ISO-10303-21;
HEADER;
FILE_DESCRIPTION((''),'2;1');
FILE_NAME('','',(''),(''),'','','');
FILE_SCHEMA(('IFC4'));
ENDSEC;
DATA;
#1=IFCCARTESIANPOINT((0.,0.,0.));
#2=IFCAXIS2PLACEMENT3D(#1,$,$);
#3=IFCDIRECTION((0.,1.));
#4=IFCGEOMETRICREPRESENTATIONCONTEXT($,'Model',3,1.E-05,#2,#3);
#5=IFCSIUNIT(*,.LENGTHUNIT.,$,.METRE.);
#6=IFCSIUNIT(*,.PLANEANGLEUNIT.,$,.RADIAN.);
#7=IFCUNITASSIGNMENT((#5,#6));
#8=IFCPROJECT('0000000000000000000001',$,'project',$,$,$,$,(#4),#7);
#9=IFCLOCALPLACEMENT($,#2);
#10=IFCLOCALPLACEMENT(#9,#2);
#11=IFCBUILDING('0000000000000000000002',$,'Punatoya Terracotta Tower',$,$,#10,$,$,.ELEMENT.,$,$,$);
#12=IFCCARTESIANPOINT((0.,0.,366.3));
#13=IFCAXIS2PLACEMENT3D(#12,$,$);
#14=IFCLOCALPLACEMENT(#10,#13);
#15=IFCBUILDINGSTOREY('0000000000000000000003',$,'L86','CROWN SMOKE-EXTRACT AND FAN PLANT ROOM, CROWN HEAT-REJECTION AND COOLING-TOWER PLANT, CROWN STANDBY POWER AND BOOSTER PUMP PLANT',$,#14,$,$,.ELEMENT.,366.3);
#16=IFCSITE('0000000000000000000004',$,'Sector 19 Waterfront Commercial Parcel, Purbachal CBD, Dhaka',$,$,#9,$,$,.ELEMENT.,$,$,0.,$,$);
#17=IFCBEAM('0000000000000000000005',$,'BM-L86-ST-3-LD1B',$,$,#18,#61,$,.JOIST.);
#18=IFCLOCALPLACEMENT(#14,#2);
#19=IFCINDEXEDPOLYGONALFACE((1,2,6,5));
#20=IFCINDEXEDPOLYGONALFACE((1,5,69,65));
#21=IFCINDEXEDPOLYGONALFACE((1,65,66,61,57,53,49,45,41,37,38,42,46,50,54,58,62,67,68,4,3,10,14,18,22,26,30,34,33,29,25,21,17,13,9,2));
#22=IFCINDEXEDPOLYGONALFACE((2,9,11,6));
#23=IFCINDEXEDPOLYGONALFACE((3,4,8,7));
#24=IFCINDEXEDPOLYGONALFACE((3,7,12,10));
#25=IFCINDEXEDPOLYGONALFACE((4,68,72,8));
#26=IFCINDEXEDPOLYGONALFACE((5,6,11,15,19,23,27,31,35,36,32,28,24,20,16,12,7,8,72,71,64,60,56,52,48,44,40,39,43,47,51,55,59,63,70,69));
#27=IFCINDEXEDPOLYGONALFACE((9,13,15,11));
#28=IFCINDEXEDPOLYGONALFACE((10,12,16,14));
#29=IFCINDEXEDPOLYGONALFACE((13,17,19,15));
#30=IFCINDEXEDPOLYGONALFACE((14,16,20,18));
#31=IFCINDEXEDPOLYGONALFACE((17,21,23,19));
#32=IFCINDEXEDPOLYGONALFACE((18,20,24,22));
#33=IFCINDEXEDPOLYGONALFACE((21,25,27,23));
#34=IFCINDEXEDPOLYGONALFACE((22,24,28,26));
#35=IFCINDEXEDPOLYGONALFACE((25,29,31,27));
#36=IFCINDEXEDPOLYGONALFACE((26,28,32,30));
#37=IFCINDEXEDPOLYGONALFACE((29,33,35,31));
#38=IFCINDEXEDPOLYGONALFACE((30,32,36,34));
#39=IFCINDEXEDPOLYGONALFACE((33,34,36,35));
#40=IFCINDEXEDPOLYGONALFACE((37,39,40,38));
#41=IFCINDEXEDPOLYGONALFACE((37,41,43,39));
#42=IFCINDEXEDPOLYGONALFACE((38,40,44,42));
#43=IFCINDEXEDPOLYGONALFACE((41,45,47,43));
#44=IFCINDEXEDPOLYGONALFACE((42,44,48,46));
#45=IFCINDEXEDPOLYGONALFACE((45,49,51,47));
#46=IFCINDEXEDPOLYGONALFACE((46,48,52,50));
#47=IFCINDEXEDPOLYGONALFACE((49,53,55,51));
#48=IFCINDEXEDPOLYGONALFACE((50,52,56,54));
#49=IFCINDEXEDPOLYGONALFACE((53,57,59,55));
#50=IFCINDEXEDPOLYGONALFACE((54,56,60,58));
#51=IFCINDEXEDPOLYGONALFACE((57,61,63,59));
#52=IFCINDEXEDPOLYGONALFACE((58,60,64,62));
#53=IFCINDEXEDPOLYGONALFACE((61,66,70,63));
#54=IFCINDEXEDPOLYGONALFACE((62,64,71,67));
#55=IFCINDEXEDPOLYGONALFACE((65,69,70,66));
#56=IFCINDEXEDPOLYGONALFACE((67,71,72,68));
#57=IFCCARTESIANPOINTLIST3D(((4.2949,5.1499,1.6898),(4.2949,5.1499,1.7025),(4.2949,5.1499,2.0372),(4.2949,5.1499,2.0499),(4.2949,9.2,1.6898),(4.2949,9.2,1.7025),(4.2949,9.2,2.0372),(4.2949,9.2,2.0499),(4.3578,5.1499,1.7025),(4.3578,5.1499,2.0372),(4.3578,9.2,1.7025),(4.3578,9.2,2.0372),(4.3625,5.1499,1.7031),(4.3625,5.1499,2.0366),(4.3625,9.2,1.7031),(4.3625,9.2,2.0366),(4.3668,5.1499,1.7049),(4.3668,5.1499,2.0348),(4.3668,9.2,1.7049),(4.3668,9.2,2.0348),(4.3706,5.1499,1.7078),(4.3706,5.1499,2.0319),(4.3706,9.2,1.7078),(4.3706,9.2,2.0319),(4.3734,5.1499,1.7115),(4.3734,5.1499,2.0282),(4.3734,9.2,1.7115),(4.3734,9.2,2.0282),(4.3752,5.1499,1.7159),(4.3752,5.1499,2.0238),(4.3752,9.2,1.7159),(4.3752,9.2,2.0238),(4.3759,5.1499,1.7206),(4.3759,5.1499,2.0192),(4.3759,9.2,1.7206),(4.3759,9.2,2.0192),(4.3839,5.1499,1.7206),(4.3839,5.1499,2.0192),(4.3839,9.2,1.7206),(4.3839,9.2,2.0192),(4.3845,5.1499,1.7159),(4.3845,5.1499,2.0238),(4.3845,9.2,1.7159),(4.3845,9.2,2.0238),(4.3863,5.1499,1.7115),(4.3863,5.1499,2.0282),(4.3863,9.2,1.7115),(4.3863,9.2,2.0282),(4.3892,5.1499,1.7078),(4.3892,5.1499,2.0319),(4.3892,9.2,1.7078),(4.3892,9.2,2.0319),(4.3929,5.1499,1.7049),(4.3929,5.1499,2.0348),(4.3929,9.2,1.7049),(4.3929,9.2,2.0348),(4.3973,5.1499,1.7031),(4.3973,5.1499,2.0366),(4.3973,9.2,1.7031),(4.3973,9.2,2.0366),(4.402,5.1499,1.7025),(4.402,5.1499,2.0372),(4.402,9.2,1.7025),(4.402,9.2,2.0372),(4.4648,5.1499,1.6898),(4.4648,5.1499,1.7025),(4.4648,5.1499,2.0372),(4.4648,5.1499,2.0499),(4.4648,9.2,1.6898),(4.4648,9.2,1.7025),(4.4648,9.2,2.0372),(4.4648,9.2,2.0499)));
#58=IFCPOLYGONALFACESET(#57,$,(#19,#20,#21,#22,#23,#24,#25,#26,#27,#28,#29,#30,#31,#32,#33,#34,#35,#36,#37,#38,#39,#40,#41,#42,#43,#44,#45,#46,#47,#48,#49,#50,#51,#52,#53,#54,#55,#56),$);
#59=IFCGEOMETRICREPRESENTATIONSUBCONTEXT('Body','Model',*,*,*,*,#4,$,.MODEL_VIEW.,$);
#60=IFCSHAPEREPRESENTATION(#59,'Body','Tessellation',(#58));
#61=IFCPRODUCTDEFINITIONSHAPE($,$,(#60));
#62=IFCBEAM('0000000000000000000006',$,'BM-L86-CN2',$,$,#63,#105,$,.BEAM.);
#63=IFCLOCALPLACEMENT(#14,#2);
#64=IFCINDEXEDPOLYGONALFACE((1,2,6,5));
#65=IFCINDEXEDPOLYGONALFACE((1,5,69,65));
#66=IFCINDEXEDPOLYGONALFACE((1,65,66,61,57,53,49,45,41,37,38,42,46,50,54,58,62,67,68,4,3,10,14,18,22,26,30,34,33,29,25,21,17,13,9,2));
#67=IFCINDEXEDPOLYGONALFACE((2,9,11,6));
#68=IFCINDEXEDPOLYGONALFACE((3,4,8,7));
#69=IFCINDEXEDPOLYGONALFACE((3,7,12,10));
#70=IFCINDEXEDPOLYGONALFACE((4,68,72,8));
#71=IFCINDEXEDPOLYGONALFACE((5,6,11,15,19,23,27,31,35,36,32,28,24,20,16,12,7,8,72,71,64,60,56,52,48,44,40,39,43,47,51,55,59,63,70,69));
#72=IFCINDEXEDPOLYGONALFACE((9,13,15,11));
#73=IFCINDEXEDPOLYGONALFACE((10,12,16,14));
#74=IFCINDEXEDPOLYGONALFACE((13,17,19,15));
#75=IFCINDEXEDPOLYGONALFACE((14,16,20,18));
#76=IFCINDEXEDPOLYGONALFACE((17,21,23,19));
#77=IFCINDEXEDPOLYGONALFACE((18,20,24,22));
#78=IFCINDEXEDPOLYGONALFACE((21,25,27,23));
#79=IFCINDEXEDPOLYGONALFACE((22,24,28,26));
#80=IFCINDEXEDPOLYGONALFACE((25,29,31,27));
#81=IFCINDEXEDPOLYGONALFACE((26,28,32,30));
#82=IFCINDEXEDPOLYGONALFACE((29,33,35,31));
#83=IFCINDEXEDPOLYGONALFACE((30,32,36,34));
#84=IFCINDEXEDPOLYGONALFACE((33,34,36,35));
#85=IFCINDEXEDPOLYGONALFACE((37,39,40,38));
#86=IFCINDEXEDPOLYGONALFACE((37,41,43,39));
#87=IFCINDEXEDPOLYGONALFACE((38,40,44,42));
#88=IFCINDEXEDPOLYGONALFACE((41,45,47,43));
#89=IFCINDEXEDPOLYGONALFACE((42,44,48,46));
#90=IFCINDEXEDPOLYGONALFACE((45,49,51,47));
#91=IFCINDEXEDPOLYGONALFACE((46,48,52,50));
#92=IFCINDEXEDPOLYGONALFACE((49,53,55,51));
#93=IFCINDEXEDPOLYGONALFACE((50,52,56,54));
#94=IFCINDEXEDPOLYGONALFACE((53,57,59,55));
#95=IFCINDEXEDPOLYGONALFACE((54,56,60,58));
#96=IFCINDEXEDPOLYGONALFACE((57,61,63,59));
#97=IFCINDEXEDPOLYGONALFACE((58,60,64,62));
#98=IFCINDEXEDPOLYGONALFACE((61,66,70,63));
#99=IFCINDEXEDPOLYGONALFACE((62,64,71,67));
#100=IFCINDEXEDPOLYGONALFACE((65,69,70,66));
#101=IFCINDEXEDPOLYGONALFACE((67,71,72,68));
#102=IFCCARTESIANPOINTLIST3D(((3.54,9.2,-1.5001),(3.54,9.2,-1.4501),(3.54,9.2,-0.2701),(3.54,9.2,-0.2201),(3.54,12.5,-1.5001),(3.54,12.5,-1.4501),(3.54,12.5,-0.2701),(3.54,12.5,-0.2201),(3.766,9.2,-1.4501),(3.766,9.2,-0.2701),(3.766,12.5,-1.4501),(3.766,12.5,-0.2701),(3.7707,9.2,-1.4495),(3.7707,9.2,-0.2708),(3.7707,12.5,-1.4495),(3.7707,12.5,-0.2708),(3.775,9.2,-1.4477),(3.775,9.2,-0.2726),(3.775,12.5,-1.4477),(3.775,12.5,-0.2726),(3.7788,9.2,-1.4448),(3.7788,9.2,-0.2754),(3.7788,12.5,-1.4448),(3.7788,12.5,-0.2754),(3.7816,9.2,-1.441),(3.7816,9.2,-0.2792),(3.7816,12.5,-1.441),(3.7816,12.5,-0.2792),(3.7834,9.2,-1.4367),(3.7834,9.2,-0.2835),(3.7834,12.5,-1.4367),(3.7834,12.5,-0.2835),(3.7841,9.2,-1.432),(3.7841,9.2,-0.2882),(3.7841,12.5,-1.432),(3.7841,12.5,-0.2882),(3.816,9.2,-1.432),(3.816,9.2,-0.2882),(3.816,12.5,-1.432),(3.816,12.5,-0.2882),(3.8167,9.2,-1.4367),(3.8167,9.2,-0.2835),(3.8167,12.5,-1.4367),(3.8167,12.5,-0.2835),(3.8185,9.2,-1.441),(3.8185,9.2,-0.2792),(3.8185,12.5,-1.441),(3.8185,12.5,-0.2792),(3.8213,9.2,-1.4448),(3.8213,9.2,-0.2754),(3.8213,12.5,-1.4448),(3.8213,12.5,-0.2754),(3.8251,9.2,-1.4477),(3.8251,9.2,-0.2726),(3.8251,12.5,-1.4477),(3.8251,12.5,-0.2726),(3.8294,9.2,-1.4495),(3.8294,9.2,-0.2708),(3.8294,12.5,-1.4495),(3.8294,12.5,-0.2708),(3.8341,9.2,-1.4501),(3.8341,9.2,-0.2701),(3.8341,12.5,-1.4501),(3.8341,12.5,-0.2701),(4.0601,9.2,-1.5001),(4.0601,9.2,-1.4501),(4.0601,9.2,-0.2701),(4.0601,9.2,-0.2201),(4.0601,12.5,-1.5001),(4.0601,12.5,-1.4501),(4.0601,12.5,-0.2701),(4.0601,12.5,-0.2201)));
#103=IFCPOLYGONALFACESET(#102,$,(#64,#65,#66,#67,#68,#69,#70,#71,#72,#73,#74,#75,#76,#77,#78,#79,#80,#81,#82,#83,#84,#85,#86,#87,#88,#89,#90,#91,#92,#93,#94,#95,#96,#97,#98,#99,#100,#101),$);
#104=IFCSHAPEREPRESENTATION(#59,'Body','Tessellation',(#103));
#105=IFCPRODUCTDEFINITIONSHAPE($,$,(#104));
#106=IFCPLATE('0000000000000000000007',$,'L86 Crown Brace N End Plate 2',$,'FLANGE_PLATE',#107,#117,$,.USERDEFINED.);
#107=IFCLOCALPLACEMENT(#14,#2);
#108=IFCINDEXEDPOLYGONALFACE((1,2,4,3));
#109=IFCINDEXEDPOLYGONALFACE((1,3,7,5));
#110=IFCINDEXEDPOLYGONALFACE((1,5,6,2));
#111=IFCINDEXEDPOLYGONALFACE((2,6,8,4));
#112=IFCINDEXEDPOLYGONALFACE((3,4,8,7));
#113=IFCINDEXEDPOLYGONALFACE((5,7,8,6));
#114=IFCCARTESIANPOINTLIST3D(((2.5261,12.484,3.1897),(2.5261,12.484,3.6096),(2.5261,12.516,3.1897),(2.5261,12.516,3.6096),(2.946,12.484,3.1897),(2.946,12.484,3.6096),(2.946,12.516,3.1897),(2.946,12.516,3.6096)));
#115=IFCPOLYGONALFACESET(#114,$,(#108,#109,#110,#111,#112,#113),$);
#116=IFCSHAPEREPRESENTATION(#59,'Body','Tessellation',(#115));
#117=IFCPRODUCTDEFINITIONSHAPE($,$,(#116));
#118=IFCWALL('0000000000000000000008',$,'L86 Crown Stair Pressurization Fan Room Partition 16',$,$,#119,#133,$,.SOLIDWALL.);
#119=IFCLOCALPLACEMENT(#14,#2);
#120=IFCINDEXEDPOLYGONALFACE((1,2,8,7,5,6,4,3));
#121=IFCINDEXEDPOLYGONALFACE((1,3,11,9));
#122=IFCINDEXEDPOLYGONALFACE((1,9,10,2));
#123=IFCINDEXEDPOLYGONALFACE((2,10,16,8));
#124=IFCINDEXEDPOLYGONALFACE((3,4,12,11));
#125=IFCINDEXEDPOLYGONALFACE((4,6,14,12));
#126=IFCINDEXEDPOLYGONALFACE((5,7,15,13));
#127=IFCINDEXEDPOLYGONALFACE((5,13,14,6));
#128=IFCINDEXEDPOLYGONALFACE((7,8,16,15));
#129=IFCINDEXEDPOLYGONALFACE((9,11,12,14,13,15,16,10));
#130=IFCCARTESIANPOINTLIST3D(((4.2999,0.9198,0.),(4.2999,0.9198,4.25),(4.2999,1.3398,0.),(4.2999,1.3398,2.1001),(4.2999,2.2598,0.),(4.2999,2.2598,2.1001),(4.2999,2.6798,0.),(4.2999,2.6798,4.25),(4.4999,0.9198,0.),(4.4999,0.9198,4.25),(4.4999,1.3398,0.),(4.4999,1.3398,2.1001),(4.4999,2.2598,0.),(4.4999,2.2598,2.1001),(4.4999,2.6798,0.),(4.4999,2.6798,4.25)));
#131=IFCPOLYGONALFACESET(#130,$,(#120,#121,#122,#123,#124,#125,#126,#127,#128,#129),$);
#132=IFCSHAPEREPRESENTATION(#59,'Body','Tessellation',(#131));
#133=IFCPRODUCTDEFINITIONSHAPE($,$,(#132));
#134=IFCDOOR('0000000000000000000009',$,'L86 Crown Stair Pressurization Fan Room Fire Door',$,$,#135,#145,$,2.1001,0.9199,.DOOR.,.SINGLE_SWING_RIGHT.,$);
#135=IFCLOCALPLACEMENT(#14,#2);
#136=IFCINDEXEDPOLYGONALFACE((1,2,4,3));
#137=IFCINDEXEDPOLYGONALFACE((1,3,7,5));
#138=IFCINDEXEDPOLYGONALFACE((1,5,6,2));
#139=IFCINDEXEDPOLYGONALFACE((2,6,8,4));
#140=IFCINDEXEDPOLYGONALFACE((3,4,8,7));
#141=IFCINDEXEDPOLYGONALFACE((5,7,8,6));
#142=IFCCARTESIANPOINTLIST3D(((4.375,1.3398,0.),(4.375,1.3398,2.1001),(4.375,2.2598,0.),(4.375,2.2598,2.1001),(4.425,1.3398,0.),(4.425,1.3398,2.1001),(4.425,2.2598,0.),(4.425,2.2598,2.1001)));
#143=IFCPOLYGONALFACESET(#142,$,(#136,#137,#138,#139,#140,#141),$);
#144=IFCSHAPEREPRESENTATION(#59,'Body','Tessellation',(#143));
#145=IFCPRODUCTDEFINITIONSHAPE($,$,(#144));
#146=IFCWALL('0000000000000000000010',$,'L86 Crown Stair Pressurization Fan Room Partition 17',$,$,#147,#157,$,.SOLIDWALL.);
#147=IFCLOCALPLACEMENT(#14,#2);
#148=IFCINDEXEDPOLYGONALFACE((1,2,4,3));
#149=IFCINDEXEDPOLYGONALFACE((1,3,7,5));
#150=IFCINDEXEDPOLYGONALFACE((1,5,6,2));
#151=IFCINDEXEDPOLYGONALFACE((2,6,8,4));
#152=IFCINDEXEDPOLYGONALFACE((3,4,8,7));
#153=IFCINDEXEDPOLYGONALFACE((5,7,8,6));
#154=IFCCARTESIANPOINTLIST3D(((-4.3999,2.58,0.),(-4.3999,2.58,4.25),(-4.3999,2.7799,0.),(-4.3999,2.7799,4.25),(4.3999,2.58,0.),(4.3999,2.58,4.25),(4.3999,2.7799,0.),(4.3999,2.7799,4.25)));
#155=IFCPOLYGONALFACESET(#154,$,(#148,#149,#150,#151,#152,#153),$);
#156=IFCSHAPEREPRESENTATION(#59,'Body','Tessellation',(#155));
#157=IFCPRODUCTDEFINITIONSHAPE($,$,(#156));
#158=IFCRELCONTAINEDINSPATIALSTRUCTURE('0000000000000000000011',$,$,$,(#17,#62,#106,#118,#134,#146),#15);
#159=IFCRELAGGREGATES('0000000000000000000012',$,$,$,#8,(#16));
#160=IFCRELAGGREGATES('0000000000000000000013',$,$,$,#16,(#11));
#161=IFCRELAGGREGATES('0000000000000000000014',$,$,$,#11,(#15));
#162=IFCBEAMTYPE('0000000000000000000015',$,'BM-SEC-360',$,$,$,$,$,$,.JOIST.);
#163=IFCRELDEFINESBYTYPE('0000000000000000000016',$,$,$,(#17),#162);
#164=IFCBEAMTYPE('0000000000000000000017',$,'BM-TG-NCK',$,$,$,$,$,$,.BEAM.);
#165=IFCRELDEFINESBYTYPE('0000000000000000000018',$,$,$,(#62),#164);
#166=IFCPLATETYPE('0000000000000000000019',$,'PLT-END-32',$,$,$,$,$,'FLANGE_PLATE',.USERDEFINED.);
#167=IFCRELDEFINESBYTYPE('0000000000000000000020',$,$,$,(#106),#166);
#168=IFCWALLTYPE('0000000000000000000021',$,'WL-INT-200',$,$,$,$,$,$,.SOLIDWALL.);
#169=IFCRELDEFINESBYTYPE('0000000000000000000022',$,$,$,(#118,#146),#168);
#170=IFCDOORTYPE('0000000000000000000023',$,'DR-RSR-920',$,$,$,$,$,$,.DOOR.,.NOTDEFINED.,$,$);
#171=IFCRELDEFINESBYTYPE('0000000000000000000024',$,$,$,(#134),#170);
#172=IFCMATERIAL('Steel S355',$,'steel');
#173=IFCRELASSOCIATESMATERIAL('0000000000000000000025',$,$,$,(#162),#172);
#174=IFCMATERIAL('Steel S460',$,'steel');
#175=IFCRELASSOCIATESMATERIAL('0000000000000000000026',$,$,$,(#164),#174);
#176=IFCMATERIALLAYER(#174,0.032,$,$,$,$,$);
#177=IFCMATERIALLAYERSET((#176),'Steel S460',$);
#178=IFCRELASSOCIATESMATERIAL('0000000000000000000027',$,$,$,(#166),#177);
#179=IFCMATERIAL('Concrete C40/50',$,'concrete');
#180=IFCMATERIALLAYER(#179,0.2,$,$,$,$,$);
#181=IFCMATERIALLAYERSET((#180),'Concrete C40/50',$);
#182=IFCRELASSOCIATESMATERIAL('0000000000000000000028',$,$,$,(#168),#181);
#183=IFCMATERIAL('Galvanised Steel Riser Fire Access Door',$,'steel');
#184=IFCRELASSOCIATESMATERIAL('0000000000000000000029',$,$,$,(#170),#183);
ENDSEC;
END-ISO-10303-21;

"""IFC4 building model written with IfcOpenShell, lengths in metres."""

from ifc_helpers import new_model, si_unit, direction, frame, frame_2d, origin, origin_2d, place, context, subcontext, project, spatial, rectangle, i_section, extrude, material, layer, layer_set, material_profile, profile_set, type_object, element, fill, save


model = new_model("IFC4")

# Units and contexts
model_context = context("Model", 3, precision=1e-05, world=origin(), true_north=direction((0.0, 1.0)))
body_context = subcontext(model_context, "Body", "Model", "MODEL_VIEW")
ifc_project = project(units=[si_unit("LENGTHUNIT", "METRE"), si_unit("PLANEANGLEUNIT", "RADIAN")], contexts=[model_context])

# Site, building, storey
site_placement = place(None, origin())
site = spatial("IfcSite", under=ifc_project, at=site_placement, Name="Sector 19 Waterfront Commercial Parcel, Purbachal CBD, Dhaka", CompositionType="ELEMENT", RefElevation=0.0)
building_placement = place(site_placement, origin())
building = spatial("IfcBuilding", under=site, at=building_placement, Name="Punatoya Terracotta Tower", CompositionType="ELEMENT")
storey_placement = place(building_placement, frame((0.0, 0.0, 366.3)))
storey = spatial("IfcBuildingStorey", under=building, at=storey_placement, Name="L86", Description="CROWN SMOKE-EXTRACT AND FAN PLANT ROOM, CROWN HEAT-REJECTION AND COOLING-TOWER PLANT, CROWN STANDBY POWER AND BOOSTER PUMP PLANT", CompositionType="ELEMENT", Elevation=366.3)

# Shared definitions
ifc_material_1 = material(Name="Steel S355", Category="steel")

# Beams
ifc_material_profile_1 = material_profile(ifc_material_1, i_section(OverallWidth=0.1699, OverallDepth=0.3601, WebThickness=0.0081, FlangeThickness=0.0127, FilletRadius=0.0181, at=origin_2d()))
ifc_profile_set_1 = profile_set([ifc_material_profile_1], Name="Steel S355")
beam_type_1 = type_object("IfcBeamType", Name="BM-SEC-360", PredefinedType="JOIST", material=ifc_profile_set_1)
for number, where, z_axis, x_axis, name in (
    (1, (4.3799, 5.1499, 1.8699), (0.0, 1.0, 0.0), (-1.0, 0.0, 0.0), "BM-L86-ST-3-LD1B"),
):
    element("IfcBeam", number, at=place(storey_placement, frame(where, z_axis=z_axis, x_axis=x_axis)), inside=storey, type_object=beam_type_1, Name=name, PredefinedType="JOIST", context=body_context, shape_type="SweptSolid", body=[
        extrude(i_section(OverallWidth=0.1699, OverallDepth=0.3601, WebThickness=0.0081, FlangeThickness=0.0127, FilletRadius=0.0181, at=origin_2d()), origin(), (0.0, 0.0, 1.0), 4.05),
    ])
ifc_material_2 = material(Name="Steel S460", Category="steel")
ifc_material_profile_2 = material_profile(ifc_material_2, i_section(OverallWidth=0.52, OverallDepth=1.28, WebThickness=0.032, FlangeThickness=0.05, FilletRadius=0.0181, at=origin_2d()))
ifc_profile_set_2 = profile_set([ifc_material_profile_2], Name="Steel S460")
beam_type_2 = type_object("IfcBeamType", Name="BM-TG-NCK", PredefinedType="BEAM", material=ifc_profile_set_2)
beam_placement = place(storey_placement, frame((3.8, 9.2, -0.8601), z_axis=(0.0, 1.0, 0.0), x_axis=(-1.0, 0.0, 0.0)))
element("IfcBeam", 2, at=beam_placement, inside=storey, type_object=beam_type_2, Name="BM-L86-CN2", PredefinedType="BEAM", context=body_context, shape_type="SweptSolid", body=[
    extrude(i_section(OverallWidth=0.52, OverallDepth=1.28, WebThickness=0.032, FlangeThickness=0.05, FilletRadius=0.0181, at=origin_2d()), origin(), (0.0, 0.0, 1.0), 3.3),
])

# Plate
ifc_layer_1 = layer(ifc_material_2, 0.032)
ifc_layer_set_1 = layer_set([ifc_layer_1], Name="Steel S460")
plate_type = type_object("IfcPlateType", Name="PLT-END-32", ElementType="FLANGE_PLATE", PredefinedType="USERDEFINED", material=ifc_layer_set_1)
plate_placement = place(storey_placement, frame((2.7361, 12.5, 3.1897), z_axis=(0.0, 0.0, 1.0), x_axis=(1.0, 0.0, 0.0)))
element("IfcPlate", 3, at=plate_placement, inside=storey, type_object=plate_type, Name="L86 Crown Brace N End Plate 2", ObjectType="FLANGE_PLATE", PredefinedType="USERDEFINED", context=body_context, shape_type="SweptSolid", body=[
    extrude(rectangle(XDim=0.4199, YDim=0.032, at=origin_2d()), origin(), (0.0, 0.0, 1.0), 0.4199),
])

# Wall, opening, door
ifc_material_3 = material(Name="Concrete C40/50", Category="concrete")
ifc_layer_2 = layer(ifc_material_3, 0.2)
ifc_layer_set_2 = layer_set([ifc_layer_2], Name="Concrete C40/50")
wall_type_1 = type_object("IfcWallType", Name="WL-INT-200", PredefinedType="SOLIDWALL", material=ifc_layer_set_2)
wall_1_placement = place(storey_placement, frame((4.3999, 0.9199, 0.0), z_axis=(0.0, 0.0, 1.0), x_axis=(0.0, 1.0, 0.0)))
wall_1 = element("IfcWall", 4, at=wall_1_placement, inside=storey, type_object=wall_type_1, Name="L86 Crown Stair Pressurization Fan Room Partition 16", PredefinedType="SOLIDWALL", context=body_context, shape_type="SweptSolid", body=[
    extrude(rectangle(XDim=1.76, YDim=0.2, at=frame_2d((0.8799, 0.0))), origin(), (0.0, 0.0, 1.0), 4.25),
])
opening_1_placement = place(wall_1_placement, frame((0.4199, 0.0, 0.0)))
opening_1 = element("IfcOpeningElement", 5, at=opening_1_placement, cuts=wall_1, PredefinedType="OPENING", context=body_context, shape_type="SweptSolid", body=[
    extrude(rectangle(XDim=0.9199, YDim=2.1001, at=frame_2d((0.46, 1.05))), frame((0.0, 0.1099, 0.0), z_axis=(0.0, -1.0, 0.0), x_axis=(1.0, 0.0, 0.0)), (0.0, 0.0, 1.0), 0.22),
])
ifc_material_4 = material(Name="Galvanised Steel Riser Fire Access Door", Category="steel")
door_type = type_object("IfcDoorType", Name="DR-RSR-920", OperationType="NOTDEFINED", PredefinedType="DOOR", material=ifc_material_4)
door_1_placement = place(opening_1_placement, origin())
door_1 = element("IfcDoor", 6, at=door_1_placement, inside=storey, type_object=door_type, Name="L86 Crown Stair Pressurization Fan Room Fire Door", OperationType="SINGLE_SWING_RIGHT", OverallHeight=2.1001, OverallWidth=0.9199, PredefinedType="DOOR", context=body_context, shape_type="SweptSolid", body=[
    extrude(rectangle(XDim=0.9199, YDim=2.1001, at=frame_2d((0.46, 1.05))), frame((0.0, 0.0249, 0.0), z_axis=(0.0, -1.0, 0.0), x_axis=(1.0, 0.0, 0.0)), (0.0, 0.0, 1.0), 0.05),
])
fill(opening_1, door_1)

# Wall
wall_2_placement = place(storey_placement, frame((4.3999, 2.6799, 0.0), z_axis=(0.0, 0.0, 1.0), x_axis=(-1.0, 0.0, 0.0)))
element("IfcWall", 7, at=wall_2_placement, inside=storey, type_object=wall_type_1, Name="L86 Crown Stair Pressurization Fan Room Partition 17", PredefinedType="SOLIDWALL", context=body_context, shape_type="SweptSolid", body=[
    extrude(rectangle(XDim=8.7998, YDim=0.2, at=frame_2d((4.3999, 0.0))), origin(), (0.0, 0.0, 1.0), 4.25),
])

save(model, "model.ifc")
